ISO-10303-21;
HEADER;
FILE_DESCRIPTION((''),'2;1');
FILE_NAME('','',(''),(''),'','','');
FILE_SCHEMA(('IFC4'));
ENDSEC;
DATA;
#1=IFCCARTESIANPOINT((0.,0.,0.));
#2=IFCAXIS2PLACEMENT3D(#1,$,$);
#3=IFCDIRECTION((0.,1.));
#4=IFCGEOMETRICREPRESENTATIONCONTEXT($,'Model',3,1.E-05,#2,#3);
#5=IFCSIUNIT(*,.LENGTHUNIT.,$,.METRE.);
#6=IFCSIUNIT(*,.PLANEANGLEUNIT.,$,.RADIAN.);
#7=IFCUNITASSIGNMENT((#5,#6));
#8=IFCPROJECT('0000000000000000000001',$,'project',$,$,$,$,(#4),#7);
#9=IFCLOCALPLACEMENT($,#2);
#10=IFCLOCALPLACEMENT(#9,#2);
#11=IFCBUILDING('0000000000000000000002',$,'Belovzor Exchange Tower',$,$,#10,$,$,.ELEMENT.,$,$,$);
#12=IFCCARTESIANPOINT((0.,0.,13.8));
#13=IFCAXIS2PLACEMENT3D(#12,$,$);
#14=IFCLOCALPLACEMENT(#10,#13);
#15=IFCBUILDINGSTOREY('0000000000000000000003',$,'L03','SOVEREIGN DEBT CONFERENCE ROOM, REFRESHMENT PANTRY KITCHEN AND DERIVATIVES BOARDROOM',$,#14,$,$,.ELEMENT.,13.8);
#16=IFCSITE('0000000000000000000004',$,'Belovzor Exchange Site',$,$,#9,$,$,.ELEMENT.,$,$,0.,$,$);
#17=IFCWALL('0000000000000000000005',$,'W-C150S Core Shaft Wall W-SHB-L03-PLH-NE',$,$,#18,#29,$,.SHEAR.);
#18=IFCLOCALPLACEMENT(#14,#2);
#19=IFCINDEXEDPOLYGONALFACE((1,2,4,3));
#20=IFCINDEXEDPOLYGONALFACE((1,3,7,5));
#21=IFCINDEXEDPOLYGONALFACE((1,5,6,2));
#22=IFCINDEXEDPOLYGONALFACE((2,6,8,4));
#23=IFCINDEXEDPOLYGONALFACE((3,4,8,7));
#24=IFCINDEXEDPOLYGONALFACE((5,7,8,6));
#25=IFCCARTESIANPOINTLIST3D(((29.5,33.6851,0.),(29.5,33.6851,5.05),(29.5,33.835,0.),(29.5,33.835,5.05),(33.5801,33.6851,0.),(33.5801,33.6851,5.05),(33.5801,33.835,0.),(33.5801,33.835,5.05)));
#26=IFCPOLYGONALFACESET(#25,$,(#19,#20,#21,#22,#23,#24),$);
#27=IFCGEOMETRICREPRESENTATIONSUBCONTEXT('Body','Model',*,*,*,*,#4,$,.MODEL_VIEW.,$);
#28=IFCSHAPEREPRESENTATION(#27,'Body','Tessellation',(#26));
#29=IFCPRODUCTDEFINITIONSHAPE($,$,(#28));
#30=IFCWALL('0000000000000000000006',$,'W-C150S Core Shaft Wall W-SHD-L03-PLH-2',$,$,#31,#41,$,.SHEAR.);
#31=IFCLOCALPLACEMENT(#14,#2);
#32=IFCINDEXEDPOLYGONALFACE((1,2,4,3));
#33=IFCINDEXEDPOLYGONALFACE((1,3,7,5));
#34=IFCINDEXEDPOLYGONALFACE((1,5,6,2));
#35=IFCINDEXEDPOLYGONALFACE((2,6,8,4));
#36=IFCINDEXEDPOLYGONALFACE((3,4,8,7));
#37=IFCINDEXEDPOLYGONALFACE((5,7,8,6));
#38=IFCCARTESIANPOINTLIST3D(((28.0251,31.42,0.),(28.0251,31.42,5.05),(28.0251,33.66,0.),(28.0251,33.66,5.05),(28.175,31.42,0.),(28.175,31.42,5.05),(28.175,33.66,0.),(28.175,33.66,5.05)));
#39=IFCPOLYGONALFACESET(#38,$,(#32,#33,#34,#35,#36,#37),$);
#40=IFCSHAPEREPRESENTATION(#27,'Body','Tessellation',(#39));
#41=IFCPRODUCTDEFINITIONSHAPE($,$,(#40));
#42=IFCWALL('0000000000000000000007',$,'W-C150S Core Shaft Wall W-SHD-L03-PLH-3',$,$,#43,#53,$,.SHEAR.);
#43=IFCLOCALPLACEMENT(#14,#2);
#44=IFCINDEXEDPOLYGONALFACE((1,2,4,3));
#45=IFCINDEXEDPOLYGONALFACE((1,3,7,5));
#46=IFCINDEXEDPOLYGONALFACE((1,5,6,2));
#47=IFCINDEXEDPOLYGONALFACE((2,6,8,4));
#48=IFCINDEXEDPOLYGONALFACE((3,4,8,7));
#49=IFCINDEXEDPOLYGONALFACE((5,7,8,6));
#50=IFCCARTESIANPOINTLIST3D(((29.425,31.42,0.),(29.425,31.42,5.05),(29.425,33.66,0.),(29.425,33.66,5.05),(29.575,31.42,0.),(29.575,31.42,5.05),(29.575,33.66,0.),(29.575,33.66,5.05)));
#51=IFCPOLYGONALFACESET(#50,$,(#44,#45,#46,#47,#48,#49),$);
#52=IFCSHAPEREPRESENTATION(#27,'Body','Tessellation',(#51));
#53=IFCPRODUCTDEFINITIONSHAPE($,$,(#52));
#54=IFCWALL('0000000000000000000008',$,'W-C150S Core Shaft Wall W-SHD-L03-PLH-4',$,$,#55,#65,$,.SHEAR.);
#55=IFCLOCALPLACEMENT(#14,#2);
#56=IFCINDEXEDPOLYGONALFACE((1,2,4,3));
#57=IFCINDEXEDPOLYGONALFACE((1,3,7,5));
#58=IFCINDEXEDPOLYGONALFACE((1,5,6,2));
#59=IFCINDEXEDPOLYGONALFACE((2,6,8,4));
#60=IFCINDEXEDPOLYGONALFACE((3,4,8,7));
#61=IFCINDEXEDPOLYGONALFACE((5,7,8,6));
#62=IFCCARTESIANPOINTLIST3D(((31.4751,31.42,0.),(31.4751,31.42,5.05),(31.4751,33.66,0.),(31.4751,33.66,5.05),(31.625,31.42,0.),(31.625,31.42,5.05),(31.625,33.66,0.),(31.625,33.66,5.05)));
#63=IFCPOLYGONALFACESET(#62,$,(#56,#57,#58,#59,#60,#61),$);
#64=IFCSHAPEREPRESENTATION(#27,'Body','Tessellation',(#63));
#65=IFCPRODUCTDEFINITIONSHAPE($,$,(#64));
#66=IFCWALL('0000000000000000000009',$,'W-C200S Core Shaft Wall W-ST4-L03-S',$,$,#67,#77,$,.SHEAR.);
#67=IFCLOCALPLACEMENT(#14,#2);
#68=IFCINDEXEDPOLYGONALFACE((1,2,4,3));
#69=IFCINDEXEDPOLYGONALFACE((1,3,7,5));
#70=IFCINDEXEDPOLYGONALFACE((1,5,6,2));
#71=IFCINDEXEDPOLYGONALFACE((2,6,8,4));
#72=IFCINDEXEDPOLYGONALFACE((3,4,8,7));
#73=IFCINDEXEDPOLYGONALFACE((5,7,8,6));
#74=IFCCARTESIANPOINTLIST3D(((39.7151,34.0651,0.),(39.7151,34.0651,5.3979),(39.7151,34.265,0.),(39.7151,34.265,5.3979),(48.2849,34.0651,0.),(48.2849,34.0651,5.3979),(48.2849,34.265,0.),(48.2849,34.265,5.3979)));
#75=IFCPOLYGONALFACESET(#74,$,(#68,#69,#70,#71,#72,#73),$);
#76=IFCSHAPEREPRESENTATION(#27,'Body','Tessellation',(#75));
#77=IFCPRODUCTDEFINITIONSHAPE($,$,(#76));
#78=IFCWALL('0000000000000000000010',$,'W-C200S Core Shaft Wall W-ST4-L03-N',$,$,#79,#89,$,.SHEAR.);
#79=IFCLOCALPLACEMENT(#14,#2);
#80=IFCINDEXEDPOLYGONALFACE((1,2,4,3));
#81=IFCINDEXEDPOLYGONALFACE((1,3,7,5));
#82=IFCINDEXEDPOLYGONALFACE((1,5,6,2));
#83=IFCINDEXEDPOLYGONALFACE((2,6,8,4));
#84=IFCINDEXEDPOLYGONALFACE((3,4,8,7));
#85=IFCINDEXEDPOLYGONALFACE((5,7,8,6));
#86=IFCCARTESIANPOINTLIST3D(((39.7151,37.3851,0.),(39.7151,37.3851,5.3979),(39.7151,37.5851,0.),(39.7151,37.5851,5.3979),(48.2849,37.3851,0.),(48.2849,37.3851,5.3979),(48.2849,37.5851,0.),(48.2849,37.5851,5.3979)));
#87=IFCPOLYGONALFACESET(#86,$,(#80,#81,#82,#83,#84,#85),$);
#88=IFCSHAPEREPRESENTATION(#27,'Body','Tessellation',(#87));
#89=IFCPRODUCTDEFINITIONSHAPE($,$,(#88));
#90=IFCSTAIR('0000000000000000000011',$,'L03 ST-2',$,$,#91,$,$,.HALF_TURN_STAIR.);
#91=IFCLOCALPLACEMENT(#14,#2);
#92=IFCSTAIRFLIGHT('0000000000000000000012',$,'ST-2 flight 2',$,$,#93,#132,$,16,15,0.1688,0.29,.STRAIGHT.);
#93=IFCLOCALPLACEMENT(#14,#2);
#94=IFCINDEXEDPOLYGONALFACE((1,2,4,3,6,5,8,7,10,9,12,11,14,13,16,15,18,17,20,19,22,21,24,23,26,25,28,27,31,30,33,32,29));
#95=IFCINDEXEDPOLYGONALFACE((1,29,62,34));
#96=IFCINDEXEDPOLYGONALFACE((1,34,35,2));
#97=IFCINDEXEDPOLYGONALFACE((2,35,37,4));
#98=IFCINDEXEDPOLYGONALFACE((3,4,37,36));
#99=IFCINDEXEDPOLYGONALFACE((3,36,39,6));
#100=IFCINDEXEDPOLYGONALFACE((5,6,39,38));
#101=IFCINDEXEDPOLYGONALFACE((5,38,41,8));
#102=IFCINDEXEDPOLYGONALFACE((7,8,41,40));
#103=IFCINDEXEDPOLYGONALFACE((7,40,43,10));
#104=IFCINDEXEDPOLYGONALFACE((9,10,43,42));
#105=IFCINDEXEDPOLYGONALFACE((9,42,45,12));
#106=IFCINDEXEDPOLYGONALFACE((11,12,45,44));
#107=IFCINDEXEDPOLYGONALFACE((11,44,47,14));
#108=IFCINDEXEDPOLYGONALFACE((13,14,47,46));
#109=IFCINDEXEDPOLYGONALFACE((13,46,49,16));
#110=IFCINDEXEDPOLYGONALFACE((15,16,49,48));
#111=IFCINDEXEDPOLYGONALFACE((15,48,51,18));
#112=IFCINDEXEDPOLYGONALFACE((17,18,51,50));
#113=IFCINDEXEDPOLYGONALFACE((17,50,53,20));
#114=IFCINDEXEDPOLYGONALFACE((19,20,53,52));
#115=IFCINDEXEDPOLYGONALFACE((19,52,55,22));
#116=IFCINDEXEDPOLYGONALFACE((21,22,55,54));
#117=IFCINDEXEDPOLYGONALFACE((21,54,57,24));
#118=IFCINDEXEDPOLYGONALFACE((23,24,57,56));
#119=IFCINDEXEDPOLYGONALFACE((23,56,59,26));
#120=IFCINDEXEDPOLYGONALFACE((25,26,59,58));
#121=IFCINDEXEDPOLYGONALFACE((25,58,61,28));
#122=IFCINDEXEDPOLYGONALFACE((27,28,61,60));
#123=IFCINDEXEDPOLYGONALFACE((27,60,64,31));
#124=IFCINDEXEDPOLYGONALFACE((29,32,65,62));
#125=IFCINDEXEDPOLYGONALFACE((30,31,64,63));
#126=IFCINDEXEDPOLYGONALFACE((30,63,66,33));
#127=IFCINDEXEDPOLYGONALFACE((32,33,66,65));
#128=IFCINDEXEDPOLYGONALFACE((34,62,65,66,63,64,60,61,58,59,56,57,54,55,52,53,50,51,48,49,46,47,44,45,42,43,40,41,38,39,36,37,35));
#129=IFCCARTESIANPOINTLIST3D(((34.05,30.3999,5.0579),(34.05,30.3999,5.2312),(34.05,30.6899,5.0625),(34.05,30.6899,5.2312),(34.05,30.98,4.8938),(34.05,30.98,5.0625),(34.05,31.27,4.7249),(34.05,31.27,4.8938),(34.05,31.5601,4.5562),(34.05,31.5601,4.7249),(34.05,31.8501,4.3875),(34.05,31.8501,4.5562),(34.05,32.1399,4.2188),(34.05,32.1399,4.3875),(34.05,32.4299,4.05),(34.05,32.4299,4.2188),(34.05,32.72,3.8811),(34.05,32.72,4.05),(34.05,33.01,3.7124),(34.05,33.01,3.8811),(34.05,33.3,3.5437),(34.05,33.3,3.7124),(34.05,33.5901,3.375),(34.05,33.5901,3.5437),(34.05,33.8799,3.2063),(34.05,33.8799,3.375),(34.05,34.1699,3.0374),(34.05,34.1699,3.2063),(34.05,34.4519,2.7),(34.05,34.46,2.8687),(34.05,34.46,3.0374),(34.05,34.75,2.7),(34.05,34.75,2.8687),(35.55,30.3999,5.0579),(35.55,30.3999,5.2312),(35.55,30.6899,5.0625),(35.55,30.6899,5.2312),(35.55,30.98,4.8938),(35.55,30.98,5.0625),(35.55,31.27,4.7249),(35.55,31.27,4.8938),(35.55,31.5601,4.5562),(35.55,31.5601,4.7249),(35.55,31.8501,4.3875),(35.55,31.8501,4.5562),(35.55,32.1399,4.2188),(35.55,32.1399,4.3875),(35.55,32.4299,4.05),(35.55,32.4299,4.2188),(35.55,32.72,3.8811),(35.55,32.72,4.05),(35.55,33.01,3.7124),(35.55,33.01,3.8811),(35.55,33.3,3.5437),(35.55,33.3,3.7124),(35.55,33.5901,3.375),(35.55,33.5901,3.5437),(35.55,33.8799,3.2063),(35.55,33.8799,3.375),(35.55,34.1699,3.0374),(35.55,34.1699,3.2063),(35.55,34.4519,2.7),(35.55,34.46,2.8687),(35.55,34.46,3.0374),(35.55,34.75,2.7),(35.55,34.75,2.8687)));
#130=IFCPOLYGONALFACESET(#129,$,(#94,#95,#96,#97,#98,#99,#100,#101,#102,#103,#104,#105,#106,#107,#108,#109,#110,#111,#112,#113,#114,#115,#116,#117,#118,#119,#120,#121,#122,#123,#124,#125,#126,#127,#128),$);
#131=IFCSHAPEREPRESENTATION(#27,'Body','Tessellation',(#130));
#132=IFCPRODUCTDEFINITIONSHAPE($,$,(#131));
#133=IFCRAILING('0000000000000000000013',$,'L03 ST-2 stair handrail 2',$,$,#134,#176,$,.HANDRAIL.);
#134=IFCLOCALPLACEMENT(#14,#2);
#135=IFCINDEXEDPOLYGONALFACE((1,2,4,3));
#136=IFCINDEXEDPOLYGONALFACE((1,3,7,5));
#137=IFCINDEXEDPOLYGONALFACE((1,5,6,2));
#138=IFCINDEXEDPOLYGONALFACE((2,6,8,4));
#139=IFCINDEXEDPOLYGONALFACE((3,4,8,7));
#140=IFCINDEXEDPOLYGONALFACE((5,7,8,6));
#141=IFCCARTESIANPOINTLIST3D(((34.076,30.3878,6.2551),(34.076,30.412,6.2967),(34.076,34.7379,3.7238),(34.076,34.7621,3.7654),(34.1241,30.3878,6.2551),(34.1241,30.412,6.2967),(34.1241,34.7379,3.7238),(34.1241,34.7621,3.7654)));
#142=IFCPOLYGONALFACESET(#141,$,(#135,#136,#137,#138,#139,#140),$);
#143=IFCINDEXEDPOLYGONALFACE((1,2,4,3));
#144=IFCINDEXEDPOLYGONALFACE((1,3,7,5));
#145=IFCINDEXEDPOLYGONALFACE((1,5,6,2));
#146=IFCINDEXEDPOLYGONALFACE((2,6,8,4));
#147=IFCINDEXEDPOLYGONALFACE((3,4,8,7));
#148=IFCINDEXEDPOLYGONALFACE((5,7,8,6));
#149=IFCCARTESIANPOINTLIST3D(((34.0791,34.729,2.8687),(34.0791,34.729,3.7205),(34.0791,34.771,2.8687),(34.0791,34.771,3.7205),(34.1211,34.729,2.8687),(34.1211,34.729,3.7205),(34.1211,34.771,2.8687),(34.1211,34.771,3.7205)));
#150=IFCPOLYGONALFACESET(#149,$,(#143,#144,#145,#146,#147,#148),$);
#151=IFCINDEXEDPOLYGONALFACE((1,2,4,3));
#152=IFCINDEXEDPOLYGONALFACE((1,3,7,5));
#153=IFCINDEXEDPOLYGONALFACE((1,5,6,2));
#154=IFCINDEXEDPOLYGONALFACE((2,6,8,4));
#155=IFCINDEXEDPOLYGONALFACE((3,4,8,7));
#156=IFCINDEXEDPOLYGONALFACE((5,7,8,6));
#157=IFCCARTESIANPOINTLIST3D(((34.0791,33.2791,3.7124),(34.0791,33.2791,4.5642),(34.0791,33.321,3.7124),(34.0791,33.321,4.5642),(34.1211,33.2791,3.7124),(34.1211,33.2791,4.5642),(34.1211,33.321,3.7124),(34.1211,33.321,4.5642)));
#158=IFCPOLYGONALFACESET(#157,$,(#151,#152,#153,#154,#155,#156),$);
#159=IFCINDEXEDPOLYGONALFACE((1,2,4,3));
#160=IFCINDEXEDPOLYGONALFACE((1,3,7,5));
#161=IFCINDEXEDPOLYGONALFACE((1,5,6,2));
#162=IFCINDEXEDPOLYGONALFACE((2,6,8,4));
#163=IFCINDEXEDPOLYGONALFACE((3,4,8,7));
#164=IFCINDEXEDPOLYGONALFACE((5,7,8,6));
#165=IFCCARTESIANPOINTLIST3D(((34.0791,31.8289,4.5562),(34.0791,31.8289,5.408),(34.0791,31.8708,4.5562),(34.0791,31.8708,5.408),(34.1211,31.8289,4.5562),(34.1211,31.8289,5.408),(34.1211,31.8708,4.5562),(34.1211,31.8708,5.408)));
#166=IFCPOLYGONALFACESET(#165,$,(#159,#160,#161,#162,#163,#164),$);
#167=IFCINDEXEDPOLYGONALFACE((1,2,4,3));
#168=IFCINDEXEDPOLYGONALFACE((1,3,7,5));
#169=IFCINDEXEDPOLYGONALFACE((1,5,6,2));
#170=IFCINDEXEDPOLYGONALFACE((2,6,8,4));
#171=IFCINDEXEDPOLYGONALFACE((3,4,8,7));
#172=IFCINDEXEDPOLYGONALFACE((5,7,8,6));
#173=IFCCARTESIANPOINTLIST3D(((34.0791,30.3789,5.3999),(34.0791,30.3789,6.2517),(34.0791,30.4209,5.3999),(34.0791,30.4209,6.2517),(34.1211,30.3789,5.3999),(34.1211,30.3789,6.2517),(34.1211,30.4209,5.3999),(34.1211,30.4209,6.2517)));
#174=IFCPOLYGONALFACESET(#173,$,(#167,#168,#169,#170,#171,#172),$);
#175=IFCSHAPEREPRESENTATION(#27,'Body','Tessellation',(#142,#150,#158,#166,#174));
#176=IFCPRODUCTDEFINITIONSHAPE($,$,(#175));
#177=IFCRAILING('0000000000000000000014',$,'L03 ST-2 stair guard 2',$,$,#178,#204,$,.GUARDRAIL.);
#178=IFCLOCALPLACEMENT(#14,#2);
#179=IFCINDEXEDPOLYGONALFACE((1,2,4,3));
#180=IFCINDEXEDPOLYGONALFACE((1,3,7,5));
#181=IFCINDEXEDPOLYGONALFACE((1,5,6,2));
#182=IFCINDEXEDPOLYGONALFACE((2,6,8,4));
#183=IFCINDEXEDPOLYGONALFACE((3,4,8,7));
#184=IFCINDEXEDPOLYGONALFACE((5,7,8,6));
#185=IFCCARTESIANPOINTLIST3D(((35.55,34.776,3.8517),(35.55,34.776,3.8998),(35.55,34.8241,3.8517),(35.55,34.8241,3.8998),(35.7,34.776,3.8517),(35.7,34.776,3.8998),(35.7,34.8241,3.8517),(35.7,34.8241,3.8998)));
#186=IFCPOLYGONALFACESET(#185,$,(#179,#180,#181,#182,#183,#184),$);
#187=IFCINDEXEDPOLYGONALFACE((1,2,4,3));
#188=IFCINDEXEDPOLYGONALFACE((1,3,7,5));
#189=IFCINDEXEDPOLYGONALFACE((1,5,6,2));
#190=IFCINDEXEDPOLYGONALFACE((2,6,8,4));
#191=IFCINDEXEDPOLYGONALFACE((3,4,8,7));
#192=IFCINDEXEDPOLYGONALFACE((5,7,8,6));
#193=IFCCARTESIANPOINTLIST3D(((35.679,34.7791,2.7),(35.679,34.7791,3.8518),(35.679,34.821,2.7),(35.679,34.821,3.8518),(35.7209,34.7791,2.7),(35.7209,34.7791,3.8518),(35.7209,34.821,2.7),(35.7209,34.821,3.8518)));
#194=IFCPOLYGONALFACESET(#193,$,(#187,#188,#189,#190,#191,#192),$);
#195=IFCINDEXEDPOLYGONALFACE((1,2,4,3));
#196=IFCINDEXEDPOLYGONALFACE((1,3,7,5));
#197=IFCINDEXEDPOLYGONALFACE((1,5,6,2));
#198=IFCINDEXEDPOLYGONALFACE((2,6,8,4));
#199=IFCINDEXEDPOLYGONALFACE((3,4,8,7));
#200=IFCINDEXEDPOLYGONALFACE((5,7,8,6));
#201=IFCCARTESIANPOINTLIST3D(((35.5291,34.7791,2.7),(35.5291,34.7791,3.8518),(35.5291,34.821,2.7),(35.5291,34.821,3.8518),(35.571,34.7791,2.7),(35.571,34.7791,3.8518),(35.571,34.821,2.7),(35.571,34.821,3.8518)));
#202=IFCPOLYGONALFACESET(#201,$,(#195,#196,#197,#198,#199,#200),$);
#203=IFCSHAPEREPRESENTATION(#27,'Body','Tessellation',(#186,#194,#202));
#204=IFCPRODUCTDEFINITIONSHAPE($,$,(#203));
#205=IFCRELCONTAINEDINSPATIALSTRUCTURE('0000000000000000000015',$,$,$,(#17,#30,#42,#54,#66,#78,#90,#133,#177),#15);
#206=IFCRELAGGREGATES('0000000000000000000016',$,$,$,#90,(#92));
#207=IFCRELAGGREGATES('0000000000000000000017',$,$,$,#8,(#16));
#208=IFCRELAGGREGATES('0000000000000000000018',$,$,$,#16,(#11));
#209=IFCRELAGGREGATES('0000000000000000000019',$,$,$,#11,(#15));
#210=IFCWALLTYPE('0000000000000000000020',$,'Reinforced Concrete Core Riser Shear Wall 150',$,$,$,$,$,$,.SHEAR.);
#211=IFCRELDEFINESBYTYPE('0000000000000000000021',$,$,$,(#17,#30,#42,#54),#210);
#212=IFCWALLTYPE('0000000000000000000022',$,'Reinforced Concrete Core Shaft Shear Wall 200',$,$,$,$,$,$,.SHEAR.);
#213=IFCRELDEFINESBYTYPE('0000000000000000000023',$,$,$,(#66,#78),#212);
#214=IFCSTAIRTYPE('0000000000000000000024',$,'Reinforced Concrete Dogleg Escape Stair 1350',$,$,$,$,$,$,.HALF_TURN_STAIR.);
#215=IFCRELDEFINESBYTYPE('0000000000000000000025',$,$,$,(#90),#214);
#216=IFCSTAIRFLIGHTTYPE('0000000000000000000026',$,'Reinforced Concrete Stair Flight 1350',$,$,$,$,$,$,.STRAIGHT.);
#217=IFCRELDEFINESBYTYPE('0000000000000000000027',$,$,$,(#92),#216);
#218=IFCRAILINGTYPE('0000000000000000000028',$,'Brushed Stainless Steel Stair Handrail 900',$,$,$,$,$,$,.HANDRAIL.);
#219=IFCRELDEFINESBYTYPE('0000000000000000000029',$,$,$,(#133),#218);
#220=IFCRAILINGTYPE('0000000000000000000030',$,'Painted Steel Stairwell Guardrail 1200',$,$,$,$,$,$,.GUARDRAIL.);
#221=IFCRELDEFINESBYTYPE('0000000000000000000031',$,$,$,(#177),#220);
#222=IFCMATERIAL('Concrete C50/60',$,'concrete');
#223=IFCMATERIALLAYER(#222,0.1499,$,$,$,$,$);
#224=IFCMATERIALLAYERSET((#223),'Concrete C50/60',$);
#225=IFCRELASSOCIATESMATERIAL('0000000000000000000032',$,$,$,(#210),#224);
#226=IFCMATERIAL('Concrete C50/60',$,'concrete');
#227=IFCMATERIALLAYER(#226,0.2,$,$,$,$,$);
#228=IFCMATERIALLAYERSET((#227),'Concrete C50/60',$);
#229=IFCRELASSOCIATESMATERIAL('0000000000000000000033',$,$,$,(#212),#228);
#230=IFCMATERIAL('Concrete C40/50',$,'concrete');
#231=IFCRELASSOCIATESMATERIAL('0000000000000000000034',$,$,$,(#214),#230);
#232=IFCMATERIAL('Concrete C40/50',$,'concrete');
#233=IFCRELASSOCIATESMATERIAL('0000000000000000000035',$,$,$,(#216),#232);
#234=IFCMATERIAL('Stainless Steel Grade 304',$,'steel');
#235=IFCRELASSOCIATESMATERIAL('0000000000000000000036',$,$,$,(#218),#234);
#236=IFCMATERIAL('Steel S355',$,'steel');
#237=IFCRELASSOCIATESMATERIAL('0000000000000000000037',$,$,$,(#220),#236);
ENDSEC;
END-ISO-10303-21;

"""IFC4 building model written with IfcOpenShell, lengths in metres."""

from ifc_helpers import new_model, si_unit, direction, frame, frame_2d, origin, origin_2d, place, context, subcontext, project, spatial, polyline, rectangle, outline, extrude, material, layer, layer_set, type_object, element, aggregate, save


model = new_model("IFC4")

# Units and contexts
model_context = context("Model", 3, precision=1e-05, world=origin(), true_north=direction((0.0, 1.0)))
body_context = subcontext(model_context, "Body", "Model", "MODEL_VIEW")
ifc_project = project(units=[si_unit("LENGTHUNIT", "METRE"), si_unit("PLANEANGLEUNIT", "RADIAN")], contexts=[model_context])

# Site, building, storey
site_placement = place(None, origin())
site = spatial("IfcSite", under=ifc_project, at=site_placement, Name="Belovzor Exchange Site", CompositionType="ELEMENT", RefElevation=0.0)
building_placement = place(site_placement, origin())
building = spatial("IfcBuilding", under=site, at=building_placement, Name="Belovzor Exchange Tower", CompositionType="ELEMENT")
storey_placement = place(building_placement, frame((0.0, 0.0, 13.8)))
storey = spatial("IfcBuildingStorey", under=building, at=storey_placement, Name="L03", Description="SOVEREIGN DEBT CONFERENCE ROOM, REFRESHMENT PANTRY KITCHEN AND DERIVATIVES BOARDROOM", CompositionType="ELEMENT", Elevation=13.8)

# Walls
ifc_material_1 = material(Name="Concrete C50/60", Category="concrete")
ifc_layer_1 = layer(ifc_material_1, 0.1499)
ifc_layer_set_1 = layer_set([ifc_layer_1], Name="Concrete C50/60")
wall_type_1 = type_object("IfcWallType", Name="Reinforced Concrete Core Riser Shear Wall 150", PredefinedType="SHEAR", material=ifc_layer_set_1)
wall_1_placement = place(storey_placement, frame((29.5, 33.76, 0.0), z_axis=(0.0, 0.0, 1.0), x_axis=(1.0, 0.0, 0.0)))
element("IfcWall", 1, at=wall_1_placement, inside=storey, type_object=wall_type_1, Name="W-C150S Core Shaft Wall W-SHB-L03-PLH-NE", PredefinedType="SHEAR", context=body_context, shape_type="SweptSolid", body=[
    extrude(rectangle(XDim=4.0801, YDim=0.1499, at=frame_2d((2.04, 0.0))), origin(), (0.0, 0.0, 1.0), 5.05),
])
for number, where, z_axis, x_axis, name in (
    (2, (28.1001, 31.4199, 0.0), (0.0, 0.0, 1.0), (0.0, 1.0, 0.0), "W-C150S Core Shaft Wall W-SHD-L03-PLH-2"),
    (3, (29.5, 31.4199, 0.0), (0.0, 0.0, 1.0), (0.0, 1.0, 0.0), "W-C150S Core Shaft Wall W-SHD-L03-PLH-3"),
    (4, (31.55, 31.4199, 0.0), (0.0, 0.0, 1.0), (0.0, 1.0, 0.0), "W-C150S Core Shaft Wall W-SHD-L03-PLH-4"),
):
    element("IfcWall", number, at=place(storey_placement, frame(where, z_axis=z_axis, x_axis=x_axis)), inside=storey, type_object=wall_type_1, Name=name, PredefinedType="SHEAR", context=body_context, shape_type="SweptSolid", body=[
        extrude(rectangle(XDim=2.24, YDim=0.1499, at=frame_2d((1.1201, 0.0))), origin(), (0.0, 0.0, 1.0), 5.05),
    ])
ifc_material_2 = material(Name="Concrete C50/60", Category="concrete")
ifc_layer_2 = layer(ifc_material_2, 0.2)
ifc_layer_set_2 = layer_set([ifc_layer_2], Name="Concrete C50/60")
wall_type_2 = type_object("IfcWallType", Name="Reinforced Concrete Core Shaft Shear Wall 200", PredefinedType="SHEAR", material=ifc_layer_set_2)
for number, where, z_axis, x_axis, name in (
    (5, (39.7151, 34.165, 0.0), (0.0, 0.0, 1.0), (1.0, 0.0, 0.0), "W-C200S Core Shaft Wall W-ST4-L03-S"),
    (6, (39.7151, 37.4851, 0.0), (0.0, 0.0, 1.0), (1.0, 0.0, 0.0), "W-C200S Core Shaft Wall W-ST4-L03-N"),
):
    element("IfcWall", number, at=place(storey_placement, frame(where, z_axis=z_axis, x_axis=x_axis)), inside=storey, type_object=wall_type_2, Name=name, PredefinedType="SHEAR", context=body_context, shape_type="SweptSolid", body=[
        extrude(rectangle(XDim=8.5698, YDim=0.2, at=frame_2d((4.2849, 0.0))), origin(), (0.0, 0.0, 1.0), 5.3979),
    ])

# Stair, stair flight
ifc_material_3 = material(Name="Concrete C40/50", Category="concrete")
stair_type = type_object("IfcStairType", Name="Reinforced Concrete Dogleg Escape Stair 1350", PredefinedType="HALF_TURN_STAIR", material=ifc_material_3)
stair_placement = place(storey_placement, origin())
stair = element("IfcStair", 7, at=stair_placement, inside=storey, type_object=stair_type, Name="L03 ST-2", PredefinedType="HALF_TURN_STAIR")
ifc_material_4 = material(Name="Concrete C40/50", Category="concrete")
stair_flight_type = type_object("IfcStairFlightType", Name="Reinforced Concrete Stair Flight 1350", PredefinedType="STRAIGHT", material=ifc_material_4)
stair_flight_placement = place(storey_placement, frame((34.8, 34.75, 2.7), z_axis=(0.0, 0.0, 1.0), x_axis=(0.0, -1.0, 0.0)))
stair_flight = element("IfcStairFlight", 8, at=stair_flight_placement, type_object=stair_flight_type, Name="ST-2 flight 2", NumberOfRisers=16, NumberOfTreads=15, PredefinedType="STRAIGHT", RiserHeight=0.1688, TreadLength=0.29, context=body_context, shape_type="SweptSolid", body=[
    extrude(outline(polyline([(0.0, 0.0), (0.0, 0.1687), (0.29, 0.1687), (0.29, 0.3374), (0.5801, 0.3374), (0.5801, 0.5063), (0.8701, 0.5063), (0.8701, 0.675), (1.1599, 0.675), (1.1599, 0.8438), (1.45, 0.8438), (1.45, 1.0125), (1.74, 1.0125), (1.74, 1.1812), (2.03, 1.1812), (2.03, 1.3501), (2.3201, 1.3501), (2.3201, 1.5188), (2.6101, 1.5188), (2.6101, 1.6875), (2.8999, 1.6875), (2.8999, 1.8562), (3.1899, 1.8562), (3.1899, 2.0249), (3.48, 2.0249), (3.48, 2.1938), (3.77, 2.1938), (3.77, 2.3625), (4.0601, 2.3625), (4.0601, 2.5312), (4.3501, 2.5312), (4.3501, 2.7), (4.3501, 2.3579), (0.2981, 0.0), (0.0, 0.0)])), frame((0.0, 0.75, 0.0), z_axis=(0.0, -1.0, 0.0), x_axis=(1.0, 0.0, 0.0)), (0.0, 0.0, 1.0), 1.5),
])
aggregate(stair, [stair_flight])

# Railings
ifc_material_5 = material(Name="Stainless Steel Grade 304", Category="steel")
railing_type_1 = type_object("IfcRailingType", Name="Brushed Stainless Steel Stair Handrail 900", PredefinedType="HANDRAIL", material=ifc_material_5)
railing_1_placement = place(storey_placement, frame((34.1001, 34.75, 2.8687)))
element("IfcRailing", 9, at=railing_1_placement, inside=storey, type_object=railing_type_1, Name="L03 ST-2 stair handrail 2", PredefinedType="HANDRAIL", context=body_context, shape_type="SweptSolid", body=[
    extrude(rectangle(XDim=0.0481, YDim=0.0481, at=origin_2d()), frame((0.0, 0.0, 0.876), z_axis=(0.0, -0.864324, 0.502936), x_axis=(1.0, 0.0, 0.0)), (0.0, 0.0, 1.0), 5.033),
    extrude(rectangle(XDim=0.042, YDim=0.042, at=origin_2d()), origin(), (0.0, 0.0, 1.0), 0.8518),
    extrude(rectangle(XDim=0.042, YDim=0.042, at=origin_2d()), frame((0.0, -1.45, 0.8438)), (0.0, 0.0, 1.0), 0.8518),
    extrude(rectangle(XDim=0.042, YDim=0.042, at=origin_2d()), frame((0.0, -2.9001, 1.6875)), (0.0, 0.0, 1.0), 0.8518),
    extrude(rectangle(XDim=0.042, YDim=0.042, at=origin_2d()), frame((0.0, -4.3501, 2.5312)), (0.0, 0.0, 1.0), 0.8518),
])
ifc_material_6 = material(Name="Steel S355", Category="steel")
railing_type_2 = type_object("IfcRailingType", Name="Painted Steel Stairwell Guardrail 1200", PredefinedType="GUARDRAIL", material=ifc_material_6)
railing_2_placement = place(storey_placement, frame((35.7, 34.8, 2.7)))
element("IfcRailing", 10, at=railing_2_placement, inside=storey, type_object=railing_type_2, Name="L03 ST-2 stair guard 2", PredefinedType="GUARDRAIL", context=body_context, shape_type="SweptSolid", body=[
    extrude(rectangle(XDim=0.0481, YDim=0.0481, at=origin_2d()), frame((0.0, 0.0, 1.1758), z_axis=(-1.0, 0.0, 0.0), x_axis=(0.0, -1.0, 0.0)), (0.0, 0.0, 1.0), 0.1499),
    extrude(rectangle(XDim=0.042, YDim=0.042, at=origin_2d()), origin(), (0.0, 0.0, 1.0), 1.1519),
    extrude(rectangle(XDim=0.042, YDim=0.042, at=origin_2d()), frame((-0.1499, 0.0, 0.0)), (0.0, 0.0, 1.0), 1.1519),
])

save(model, "model.ifc")
